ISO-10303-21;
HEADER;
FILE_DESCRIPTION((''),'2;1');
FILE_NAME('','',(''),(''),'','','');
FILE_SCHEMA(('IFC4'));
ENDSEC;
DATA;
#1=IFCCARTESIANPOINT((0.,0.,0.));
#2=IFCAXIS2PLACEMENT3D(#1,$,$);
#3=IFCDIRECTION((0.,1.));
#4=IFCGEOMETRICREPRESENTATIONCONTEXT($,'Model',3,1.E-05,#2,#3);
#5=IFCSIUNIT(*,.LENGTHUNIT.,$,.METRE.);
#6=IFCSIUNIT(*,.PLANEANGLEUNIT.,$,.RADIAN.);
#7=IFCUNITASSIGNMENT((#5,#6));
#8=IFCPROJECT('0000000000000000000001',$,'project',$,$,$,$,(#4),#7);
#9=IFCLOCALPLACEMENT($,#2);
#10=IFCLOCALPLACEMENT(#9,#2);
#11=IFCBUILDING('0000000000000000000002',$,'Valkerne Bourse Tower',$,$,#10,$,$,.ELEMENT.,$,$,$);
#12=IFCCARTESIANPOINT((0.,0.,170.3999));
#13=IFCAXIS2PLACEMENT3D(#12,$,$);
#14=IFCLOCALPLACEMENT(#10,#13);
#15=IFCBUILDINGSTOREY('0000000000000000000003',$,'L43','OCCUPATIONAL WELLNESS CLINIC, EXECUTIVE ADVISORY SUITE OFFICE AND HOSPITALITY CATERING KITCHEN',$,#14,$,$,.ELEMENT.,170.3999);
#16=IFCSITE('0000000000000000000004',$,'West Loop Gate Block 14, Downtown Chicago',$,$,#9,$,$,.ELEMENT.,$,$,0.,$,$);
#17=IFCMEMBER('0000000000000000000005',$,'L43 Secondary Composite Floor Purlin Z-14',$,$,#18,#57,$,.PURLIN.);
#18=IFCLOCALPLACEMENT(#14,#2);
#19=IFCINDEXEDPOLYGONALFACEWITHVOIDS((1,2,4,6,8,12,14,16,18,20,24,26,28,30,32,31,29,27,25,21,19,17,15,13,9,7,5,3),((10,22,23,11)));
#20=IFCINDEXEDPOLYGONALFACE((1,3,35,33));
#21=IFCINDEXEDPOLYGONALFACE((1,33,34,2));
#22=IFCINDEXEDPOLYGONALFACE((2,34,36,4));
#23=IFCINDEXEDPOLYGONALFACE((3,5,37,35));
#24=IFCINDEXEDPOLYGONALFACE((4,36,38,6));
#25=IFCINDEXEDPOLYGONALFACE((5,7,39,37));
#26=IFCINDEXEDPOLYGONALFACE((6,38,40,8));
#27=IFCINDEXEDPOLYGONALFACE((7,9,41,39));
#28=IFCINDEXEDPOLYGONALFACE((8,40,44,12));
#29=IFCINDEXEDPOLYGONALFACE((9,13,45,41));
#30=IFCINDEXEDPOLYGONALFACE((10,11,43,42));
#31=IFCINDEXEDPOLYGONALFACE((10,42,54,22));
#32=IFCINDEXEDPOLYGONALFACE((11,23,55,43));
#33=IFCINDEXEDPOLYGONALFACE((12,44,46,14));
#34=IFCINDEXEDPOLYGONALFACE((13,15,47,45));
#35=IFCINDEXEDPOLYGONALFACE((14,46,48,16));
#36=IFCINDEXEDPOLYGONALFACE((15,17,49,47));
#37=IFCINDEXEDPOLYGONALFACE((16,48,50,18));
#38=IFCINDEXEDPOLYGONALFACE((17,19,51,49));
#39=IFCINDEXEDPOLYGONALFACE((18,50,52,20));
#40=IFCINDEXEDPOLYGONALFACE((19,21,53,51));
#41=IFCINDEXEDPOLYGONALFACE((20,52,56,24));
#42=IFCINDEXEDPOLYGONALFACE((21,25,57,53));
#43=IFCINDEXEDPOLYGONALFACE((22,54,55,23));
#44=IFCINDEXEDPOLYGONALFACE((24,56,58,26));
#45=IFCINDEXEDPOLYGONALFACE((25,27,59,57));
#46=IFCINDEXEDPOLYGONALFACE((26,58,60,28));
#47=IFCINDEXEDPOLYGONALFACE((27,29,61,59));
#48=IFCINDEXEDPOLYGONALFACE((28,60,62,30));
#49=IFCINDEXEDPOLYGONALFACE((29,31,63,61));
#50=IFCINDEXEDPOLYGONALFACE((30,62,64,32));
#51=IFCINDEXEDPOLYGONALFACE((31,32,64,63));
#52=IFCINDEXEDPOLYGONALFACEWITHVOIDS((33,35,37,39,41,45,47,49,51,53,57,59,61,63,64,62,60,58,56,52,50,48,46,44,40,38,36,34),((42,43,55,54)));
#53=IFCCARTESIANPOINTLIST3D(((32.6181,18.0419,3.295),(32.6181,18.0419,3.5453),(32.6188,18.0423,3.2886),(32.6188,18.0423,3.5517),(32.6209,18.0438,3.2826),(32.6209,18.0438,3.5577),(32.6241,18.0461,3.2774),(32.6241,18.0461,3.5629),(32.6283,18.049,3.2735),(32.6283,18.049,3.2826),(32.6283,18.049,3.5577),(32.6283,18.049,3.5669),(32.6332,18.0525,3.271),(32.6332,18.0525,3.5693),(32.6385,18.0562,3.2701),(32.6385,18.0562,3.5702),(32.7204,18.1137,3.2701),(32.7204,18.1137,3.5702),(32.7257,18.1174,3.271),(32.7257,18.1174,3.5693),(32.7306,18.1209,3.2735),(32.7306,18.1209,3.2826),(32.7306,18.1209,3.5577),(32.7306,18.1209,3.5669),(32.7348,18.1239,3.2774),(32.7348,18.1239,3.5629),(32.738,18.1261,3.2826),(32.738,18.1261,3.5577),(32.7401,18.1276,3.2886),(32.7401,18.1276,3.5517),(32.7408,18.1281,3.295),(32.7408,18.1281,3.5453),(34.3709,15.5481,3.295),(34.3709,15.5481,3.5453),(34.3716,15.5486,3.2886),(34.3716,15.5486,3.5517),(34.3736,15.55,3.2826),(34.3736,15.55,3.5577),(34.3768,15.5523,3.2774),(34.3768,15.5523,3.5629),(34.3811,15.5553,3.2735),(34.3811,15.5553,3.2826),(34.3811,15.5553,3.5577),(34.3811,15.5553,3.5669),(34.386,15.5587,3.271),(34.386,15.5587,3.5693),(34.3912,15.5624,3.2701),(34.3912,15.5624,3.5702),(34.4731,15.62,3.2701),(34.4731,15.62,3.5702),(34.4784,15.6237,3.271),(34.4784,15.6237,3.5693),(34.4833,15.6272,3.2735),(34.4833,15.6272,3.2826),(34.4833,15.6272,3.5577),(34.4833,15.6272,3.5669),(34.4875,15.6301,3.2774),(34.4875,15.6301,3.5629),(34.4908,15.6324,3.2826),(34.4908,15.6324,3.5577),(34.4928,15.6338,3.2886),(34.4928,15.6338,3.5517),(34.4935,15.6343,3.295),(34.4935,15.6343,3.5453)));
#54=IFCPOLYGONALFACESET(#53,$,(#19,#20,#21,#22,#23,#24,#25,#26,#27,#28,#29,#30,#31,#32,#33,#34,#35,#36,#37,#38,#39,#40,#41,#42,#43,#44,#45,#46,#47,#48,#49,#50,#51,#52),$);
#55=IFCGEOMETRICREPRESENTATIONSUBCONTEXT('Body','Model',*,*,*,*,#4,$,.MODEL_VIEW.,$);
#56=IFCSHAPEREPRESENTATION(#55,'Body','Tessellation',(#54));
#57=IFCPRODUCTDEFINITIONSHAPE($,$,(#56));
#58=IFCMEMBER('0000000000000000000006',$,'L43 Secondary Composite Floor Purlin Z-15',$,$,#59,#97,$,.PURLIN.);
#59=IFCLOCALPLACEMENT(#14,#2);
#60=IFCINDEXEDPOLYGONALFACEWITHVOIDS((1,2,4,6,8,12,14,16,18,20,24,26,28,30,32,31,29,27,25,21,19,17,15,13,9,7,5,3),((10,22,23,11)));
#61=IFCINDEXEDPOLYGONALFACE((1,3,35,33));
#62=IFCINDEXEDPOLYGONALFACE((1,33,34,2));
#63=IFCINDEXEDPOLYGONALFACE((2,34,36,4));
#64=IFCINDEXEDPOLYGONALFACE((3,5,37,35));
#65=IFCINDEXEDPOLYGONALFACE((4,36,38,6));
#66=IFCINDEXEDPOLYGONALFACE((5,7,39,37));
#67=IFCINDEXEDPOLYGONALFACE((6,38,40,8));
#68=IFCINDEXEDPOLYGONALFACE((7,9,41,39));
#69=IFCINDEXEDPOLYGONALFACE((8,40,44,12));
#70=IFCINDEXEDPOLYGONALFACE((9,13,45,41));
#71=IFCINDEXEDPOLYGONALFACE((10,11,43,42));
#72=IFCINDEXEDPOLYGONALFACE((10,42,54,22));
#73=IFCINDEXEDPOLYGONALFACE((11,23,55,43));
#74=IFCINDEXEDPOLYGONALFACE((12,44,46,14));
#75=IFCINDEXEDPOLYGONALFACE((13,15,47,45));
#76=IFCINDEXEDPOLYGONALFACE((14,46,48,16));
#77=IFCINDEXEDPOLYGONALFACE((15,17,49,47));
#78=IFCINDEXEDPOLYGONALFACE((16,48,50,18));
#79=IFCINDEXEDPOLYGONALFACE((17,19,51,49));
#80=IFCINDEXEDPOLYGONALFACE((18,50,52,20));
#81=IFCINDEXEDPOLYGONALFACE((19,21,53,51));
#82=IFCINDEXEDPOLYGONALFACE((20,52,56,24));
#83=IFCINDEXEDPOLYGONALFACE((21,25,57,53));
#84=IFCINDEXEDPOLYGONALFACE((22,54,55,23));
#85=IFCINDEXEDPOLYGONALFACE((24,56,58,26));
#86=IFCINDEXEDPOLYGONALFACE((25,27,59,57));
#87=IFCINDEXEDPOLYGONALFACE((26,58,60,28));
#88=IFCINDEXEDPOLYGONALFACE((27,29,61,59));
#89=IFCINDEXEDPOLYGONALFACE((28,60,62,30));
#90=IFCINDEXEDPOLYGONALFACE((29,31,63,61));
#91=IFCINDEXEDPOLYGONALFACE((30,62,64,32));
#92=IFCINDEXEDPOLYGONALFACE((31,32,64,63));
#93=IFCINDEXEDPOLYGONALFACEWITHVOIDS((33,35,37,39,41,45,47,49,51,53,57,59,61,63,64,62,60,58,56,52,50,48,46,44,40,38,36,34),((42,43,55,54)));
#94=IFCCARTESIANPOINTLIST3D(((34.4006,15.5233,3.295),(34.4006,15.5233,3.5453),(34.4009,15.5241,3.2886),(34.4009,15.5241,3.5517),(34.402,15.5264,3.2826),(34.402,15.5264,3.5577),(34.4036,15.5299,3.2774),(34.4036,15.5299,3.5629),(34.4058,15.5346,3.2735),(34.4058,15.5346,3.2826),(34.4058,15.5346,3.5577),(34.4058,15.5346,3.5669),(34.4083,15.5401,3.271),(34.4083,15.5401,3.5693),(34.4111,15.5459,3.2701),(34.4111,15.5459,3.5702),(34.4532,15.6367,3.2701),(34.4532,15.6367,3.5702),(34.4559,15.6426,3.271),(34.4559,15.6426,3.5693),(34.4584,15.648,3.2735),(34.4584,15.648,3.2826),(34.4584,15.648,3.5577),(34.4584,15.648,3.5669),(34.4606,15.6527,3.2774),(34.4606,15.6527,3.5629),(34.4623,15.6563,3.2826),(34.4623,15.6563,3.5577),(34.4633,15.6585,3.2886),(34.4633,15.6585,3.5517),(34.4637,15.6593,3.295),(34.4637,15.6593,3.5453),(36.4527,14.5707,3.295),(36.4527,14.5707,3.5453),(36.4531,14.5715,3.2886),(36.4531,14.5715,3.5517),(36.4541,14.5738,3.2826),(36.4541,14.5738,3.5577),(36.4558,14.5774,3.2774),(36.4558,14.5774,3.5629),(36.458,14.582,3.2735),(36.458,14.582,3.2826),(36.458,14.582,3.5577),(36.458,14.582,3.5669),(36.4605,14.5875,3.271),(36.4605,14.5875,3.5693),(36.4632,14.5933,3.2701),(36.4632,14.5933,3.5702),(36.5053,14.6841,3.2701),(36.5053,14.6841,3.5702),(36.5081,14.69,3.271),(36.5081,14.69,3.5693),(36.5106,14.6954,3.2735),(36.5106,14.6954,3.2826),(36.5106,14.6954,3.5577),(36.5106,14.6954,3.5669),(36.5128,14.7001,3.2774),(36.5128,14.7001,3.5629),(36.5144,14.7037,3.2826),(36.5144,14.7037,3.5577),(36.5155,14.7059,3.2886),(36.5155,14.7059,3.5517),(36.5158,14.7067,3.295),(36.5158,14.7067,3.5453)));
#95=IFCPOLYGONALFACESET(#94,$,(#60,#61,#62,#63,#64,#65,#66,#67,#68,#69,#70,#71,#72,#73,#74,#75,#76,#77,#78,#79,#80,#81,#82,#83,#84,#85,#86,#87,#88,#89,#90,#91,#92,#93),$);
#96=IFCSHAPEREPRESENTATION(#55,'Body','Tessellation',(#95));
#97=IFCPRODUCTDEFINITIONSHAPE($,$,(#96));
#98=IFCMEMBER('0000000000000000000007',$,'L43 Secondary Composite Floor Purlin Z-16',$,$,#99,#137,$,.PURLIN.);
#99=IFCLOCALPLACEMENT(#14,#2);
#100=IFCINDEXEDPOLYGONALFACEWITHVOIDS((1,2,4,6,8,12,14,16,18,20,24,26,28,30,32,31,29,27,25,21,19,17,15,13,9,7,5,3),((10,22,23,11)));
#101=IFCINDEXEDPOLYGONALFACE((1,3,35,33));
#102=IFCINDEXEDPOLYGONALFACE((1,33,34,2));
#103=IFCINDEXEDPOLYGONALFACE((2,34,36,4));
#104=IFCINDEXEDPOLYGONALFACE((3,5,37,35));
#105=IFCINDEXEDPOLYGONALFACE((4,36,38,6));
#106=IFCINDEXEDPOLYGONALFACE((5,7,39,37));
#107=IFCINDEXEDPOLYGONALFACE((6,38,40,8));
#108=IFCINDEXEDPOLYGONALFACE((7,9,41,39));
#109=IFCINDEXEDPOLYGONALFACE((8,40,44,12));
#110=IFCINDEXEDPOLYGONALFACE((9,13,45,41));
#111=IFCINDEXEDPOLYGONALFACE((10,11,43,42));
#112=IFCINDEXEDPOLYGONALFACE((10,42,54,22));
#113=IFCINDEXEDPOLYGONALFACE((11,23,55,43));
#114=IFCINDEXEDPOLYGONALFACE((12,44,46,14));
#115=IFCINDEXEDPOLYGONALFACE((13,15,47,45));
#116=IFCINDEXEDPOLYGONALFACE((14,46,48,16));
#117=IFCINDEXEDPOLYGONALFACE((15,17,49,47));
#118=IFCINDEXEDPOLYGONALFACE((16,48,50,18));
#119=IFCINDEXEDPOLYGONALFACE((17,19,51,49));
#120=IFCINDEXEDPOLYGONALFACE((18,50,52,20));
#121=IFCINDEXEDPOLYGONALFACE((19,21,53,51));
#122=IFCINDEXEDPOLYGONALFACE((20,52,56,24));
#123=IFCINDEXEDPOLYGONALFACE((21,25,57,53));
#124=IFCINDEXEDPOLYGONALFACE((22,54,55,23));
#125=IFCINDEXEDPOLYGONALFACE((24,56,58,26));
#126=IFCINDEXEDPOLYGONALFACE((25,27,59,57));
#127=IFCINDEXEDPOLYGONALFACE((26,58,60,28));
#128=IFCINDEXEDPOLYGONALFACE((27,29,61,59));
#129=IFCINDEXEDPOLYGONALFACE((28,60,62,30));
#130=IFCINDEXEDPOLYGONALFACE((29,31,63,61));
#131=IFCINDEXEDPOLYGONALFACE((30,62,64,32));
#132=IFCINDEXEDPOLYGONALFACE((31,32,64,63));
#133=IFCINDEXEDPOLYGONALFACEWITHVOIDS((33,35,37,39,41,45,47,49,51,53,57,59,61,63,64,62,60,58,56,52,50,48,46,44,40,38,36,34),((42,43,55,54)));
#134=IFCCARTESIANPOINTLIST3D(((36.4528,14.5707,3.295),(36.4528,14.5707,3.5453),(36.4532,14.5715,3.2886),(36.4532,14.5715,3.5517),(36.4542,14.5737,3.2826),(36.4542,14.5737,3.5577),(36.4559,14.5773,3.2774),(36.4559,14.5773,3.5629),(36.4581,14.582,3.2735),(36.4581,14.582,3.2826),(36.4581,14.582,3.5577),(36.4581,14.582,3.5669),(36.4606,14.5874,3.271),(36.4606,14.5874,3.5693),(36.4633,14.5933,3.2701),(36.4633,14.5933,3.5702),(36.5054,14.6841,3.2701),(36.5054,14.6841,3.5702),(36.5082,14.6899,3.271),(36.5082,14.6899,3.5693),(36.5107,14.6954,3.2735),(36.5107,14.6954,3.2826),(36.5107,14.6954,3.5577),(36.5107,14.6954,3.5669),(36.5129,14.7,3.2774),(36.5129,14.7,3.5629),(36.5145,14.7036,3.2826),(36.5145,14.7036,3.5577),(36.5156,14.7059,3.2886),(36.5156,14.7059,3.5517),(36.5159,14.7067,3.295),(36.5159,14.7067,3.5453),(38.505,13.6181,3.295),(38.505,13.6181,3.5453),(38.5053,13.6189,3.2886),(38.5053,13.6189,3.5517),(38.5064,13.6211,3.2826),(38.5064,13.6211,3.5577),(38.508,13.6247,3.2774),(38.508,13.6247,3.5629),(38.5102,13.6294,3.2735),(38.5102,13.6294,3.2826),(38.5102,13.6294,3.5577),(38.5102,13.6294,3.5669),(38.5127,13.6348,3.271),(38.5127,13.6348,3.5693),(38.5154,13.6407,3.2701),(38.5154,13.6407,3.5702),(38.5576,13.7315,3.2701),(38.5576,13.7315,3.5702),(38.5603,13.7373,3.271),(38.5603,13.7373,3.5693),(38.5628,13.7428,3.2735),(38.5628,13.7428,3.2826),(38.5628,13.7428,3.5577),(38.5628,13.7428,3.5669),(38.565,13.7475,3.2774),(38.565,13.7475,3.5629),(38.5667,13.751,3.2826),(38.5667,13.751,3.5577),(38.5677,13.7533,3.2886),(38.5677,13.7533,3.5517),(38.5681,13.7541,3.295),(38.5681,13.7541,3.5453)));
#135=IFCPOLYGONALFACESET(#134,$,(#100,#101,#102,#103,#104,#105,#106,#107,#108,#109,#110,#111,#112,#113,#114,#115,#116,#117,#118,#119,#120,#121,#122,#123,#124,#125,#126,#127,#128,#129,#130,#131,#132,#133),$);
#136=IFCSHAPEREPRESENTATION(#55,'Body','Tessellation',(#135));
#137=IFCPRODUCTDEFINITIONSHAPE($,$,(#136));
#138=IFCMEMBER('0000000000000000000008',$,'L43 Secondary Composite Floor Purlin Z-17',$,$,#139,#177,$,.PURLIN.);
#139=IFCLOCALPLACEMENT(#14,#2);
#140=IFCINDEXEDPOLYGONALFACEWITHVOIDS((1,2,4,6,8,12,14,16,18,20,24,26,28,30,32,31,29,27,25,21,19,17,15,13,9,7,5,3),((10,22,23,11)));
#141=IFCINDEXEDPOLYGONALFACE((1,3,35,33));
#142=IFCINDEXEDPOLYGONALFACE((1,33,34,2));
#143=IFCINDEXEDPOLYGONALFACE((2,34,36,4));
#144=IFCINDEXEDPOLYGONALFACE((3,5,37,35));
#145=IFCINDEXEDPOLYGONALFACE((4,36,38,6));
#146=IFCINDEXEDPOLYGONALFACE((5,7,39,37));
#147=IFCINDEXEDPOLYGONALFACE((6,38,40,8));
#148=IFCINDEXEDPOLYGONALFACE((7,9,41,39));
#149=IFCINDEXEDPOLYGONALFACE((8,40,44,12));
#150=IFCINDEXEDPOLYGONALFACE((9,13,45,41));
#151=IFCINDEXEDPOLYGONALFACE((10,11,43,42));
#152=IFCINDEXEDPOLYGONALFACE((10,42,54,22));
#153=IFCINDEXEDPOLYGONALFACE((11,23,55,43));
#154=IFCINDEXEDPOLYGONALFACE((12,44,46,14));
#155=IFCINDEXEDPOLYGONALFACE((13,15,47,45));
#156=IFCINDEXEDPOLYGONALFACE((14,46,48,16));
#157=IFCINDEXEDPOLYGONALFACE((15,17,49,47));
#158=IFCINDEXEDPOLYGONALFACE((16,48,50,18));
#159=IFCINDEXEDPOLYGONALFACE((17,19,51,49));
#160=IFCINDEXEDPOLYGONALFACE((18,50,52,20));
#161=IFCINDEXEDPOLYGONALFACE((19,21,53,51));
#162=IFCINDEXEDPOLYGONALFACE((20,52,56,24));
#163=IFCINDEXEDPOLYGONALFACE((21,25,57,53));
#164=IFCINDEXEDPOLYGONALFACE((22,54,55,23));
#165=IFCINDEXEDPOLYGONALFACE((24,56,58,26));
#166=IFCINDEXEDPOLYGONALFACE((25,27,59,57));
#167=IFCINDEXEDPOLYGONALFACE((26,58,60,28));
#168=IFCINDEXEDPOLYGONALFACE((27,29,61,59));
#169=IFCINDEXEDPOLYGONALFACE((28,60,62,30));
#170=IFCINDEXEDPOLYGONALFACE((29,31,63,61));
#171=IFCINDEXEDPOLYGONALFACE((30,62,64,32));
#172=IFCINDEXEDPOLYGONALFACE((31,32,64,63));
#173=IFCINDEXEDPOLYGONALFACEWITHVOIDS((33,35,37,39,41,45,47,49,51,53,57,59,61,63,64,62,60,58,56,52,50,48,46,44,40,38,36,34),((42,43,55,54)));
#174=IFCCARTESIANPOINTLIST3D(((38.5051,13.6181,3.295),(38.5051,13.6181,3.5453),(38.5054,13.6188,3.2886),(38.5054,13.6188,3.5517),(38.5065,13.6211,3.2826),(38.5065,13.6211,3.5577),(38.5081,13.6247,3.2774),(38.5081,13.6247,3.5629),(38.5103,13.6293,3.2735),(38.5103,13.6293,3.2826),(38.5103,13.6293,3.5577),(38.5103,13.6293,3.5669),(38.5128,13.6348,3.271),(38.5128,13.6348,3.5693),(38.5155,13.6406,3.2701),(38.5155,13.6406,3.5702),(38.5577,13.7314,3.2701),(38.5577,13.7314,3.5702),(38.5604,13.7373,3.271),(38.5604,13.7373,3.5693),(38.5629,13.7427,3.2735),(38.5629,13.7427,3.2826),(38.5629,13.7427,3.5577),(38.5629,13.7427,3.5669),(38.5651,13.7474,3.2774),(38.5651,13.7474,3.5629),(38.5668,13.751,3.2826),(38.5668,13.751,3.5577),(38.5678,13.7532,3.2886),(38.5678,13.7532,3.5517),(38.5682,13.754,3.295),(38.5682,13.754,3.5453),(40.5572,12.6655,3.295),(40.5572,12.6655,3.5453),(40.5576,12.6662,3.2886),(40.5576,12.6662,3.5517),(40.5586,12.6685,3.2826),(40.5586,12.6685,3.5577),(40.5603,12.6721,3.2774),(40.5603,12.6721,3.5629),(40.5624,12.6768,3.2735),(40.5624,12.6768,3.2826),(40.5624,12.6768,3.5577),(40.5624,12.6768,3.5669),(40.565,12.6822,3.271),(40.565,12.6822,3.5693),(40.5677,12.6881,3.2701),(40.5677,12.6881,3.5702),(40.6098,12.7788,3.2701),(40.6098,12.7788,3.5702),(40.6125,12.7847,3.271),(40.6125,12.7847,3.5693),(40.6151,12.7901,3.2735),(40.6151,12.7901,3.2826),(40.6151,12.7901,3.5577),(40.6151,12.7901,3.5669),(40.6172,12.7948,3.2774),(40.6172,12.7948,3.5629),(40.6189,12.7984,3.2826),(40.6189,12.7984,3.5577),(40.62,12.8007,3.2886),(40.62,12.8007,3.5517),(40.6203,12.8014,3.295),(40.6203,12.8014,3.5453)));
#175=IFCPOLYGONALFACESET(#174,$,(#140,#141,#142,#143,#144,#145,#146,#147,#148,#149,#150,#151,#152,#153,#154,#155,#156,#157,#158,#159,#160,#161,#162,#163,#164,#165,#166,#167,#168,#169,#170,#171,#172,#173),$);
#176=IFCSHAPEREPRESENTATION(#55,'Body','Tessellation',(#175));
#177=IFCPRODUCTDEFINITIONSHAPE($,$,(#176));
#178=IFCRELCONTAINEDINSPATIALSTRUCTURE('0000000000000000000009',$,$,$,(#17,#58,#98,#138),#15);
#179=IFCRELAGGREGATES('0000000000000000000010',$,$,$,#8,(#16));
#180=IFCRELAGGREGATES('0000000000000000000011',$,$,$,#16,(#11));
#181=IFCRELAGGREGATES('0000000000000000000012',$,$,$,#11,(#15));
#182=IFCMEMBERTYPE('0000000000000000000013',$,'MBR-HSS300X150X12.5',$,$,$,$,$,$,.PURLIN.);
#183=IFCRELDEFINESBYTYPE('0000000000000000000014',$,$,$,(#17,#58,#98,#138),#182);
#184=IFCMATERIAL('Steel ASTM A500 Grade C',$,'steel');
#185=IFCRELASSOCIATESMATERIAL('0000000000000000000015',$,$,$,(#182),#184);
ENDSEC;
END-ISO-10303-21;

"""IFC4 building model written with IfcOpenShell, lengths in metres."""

from ifc_helpers import new_model, si_unit, direction, frame, origin, origin_2d, place, context, subcontext, project, spatial, hollow_rectangle, extrude, material, material_profile, profile_set, type_object, element, save


model = new_model("IFC4")

# Units and contexts
model_context = context("Model", 3, precision=1e-05, world=origin(), true_north=direction((0.0, 1.0)))
body_context = subcontext(model_context, "Body", "Model", "MODEL_VIEW")
ifc_project = project(units=[si_unit("LENGTHUNIT", "METRE"), si_unit("PLANEANGLEUNIT", "RADIAN")], contexts=[model_context])

# Site, building, storey
site_placement = place(None, origin())
site = spatial("IfcSite", under=ifc_project, at=site_placement, Name="West Loop Gate Block 14, Downtown Chicago", CompositionType="ELEMENT", RefElevation=0.0)
building_placement = place(site_placement, origin())
building = spatial("IfcBuilding", under=site, at=building_placement, Name="Valkerne Bourse Tower", CompositionType="ELEMENT")
storey_placement = place(building_placement, frame((0.0, 0.0, 170.3999)))
storey = spatial("IfcBuildingStorey", under=building, at=storey_placement, Name="L43", Description="OCCUPATIONAL WELLNESS CLINIC, EXECUTIVE ADVISORY SUITE OFFICE AND HOSPITALITY CATERING KITCHEN", CompositionType="ELEMENT", Elevation=170.3999)

# Members
ifc_material_1 = material(Name="Steel ASTM A500 Grade C", Category="steel")
ifc_material_profile_1 = material_profile(ifc_material_1, hollow_rectangle(XDim=0.1499, YDim=0.3, WallThickness=0.0125, OuterFilletRadius=0.0249, at=origin_2d()), Name="HSS300X150X12.5")
ifc_profile_set_1 = profile_set([ifc_material_profile_1], Name="Steel ASTM A500 Grade C")
member_type_1 = type_object("IfcMemberType", Name="MBR-HSS300X150X12.5", PredefinedType="PURLIN", material=ifc_profile_set_1)
member_1_placement = place(storey_placement, frame((32.6794, 18.085, 3.4202), z_axis=(0.575031, -0.818132, 0.0), x_axis=(0.818132, 0.575031, 0.0)))
element("IfcMember", 1, at=member_1_placement, inside=storey, type_object=member_type_1, Name="L43 Secondary Composite Floor Purlin Z-14", PredefinedType="PURLIN", context=body_context, shape_type="SweptSolid", body=[
    extrude(hollow_rectangle(XDim=0.1499, YDim=0.3, WallThickness=0.0125, OuterFilletRadius=0.0249, at=origin_2d()), origin(), (0.0, 0.0, 1.0), 3.0481),
])
for number, where, z_axis, x_axis, name in (
    (2, (34.4321, 15.5913, 3.4202), (0.907041, -0.421042, 0.0), (0.421042, 0.907041, 0.0), "L43 Secondary Composite Floor Purlin Z-15"),
    (3, (36.4844, 14.6387, 3.4202), (0.907041, -0.421042, 0.0), (0.421042, 0.907041, 0.0), "L43 Secondary Composite Floor Purlin Z-16"),
    (4, (38.5366, 13.686, 3.4202), (0.907041, -0.421042, 0.0), (0.421042, 0.907041, 0.0), "L43 Secondary Composite Floor Purlin Z-17"),
):
    element("IfcMember", number, at=place(storey_placement, frame(where, z_axis=z_axis, x_axis=x_axis)), inside=storey, type_object=member_type_1, Name=name, PredefinedType="PURLIN", context=body_context, shape_type="SweptSolid", body=[
        extrude(hollow_rectangle(XDim=0.1499, YDim=0.3, WallThickness=0.0125, OuterFilletRadius=0.0249, at=origin_2d()), origin(), (0.0, 0.0, 1.0), 2.2625),
    ])

save(model, "model.ifc")
